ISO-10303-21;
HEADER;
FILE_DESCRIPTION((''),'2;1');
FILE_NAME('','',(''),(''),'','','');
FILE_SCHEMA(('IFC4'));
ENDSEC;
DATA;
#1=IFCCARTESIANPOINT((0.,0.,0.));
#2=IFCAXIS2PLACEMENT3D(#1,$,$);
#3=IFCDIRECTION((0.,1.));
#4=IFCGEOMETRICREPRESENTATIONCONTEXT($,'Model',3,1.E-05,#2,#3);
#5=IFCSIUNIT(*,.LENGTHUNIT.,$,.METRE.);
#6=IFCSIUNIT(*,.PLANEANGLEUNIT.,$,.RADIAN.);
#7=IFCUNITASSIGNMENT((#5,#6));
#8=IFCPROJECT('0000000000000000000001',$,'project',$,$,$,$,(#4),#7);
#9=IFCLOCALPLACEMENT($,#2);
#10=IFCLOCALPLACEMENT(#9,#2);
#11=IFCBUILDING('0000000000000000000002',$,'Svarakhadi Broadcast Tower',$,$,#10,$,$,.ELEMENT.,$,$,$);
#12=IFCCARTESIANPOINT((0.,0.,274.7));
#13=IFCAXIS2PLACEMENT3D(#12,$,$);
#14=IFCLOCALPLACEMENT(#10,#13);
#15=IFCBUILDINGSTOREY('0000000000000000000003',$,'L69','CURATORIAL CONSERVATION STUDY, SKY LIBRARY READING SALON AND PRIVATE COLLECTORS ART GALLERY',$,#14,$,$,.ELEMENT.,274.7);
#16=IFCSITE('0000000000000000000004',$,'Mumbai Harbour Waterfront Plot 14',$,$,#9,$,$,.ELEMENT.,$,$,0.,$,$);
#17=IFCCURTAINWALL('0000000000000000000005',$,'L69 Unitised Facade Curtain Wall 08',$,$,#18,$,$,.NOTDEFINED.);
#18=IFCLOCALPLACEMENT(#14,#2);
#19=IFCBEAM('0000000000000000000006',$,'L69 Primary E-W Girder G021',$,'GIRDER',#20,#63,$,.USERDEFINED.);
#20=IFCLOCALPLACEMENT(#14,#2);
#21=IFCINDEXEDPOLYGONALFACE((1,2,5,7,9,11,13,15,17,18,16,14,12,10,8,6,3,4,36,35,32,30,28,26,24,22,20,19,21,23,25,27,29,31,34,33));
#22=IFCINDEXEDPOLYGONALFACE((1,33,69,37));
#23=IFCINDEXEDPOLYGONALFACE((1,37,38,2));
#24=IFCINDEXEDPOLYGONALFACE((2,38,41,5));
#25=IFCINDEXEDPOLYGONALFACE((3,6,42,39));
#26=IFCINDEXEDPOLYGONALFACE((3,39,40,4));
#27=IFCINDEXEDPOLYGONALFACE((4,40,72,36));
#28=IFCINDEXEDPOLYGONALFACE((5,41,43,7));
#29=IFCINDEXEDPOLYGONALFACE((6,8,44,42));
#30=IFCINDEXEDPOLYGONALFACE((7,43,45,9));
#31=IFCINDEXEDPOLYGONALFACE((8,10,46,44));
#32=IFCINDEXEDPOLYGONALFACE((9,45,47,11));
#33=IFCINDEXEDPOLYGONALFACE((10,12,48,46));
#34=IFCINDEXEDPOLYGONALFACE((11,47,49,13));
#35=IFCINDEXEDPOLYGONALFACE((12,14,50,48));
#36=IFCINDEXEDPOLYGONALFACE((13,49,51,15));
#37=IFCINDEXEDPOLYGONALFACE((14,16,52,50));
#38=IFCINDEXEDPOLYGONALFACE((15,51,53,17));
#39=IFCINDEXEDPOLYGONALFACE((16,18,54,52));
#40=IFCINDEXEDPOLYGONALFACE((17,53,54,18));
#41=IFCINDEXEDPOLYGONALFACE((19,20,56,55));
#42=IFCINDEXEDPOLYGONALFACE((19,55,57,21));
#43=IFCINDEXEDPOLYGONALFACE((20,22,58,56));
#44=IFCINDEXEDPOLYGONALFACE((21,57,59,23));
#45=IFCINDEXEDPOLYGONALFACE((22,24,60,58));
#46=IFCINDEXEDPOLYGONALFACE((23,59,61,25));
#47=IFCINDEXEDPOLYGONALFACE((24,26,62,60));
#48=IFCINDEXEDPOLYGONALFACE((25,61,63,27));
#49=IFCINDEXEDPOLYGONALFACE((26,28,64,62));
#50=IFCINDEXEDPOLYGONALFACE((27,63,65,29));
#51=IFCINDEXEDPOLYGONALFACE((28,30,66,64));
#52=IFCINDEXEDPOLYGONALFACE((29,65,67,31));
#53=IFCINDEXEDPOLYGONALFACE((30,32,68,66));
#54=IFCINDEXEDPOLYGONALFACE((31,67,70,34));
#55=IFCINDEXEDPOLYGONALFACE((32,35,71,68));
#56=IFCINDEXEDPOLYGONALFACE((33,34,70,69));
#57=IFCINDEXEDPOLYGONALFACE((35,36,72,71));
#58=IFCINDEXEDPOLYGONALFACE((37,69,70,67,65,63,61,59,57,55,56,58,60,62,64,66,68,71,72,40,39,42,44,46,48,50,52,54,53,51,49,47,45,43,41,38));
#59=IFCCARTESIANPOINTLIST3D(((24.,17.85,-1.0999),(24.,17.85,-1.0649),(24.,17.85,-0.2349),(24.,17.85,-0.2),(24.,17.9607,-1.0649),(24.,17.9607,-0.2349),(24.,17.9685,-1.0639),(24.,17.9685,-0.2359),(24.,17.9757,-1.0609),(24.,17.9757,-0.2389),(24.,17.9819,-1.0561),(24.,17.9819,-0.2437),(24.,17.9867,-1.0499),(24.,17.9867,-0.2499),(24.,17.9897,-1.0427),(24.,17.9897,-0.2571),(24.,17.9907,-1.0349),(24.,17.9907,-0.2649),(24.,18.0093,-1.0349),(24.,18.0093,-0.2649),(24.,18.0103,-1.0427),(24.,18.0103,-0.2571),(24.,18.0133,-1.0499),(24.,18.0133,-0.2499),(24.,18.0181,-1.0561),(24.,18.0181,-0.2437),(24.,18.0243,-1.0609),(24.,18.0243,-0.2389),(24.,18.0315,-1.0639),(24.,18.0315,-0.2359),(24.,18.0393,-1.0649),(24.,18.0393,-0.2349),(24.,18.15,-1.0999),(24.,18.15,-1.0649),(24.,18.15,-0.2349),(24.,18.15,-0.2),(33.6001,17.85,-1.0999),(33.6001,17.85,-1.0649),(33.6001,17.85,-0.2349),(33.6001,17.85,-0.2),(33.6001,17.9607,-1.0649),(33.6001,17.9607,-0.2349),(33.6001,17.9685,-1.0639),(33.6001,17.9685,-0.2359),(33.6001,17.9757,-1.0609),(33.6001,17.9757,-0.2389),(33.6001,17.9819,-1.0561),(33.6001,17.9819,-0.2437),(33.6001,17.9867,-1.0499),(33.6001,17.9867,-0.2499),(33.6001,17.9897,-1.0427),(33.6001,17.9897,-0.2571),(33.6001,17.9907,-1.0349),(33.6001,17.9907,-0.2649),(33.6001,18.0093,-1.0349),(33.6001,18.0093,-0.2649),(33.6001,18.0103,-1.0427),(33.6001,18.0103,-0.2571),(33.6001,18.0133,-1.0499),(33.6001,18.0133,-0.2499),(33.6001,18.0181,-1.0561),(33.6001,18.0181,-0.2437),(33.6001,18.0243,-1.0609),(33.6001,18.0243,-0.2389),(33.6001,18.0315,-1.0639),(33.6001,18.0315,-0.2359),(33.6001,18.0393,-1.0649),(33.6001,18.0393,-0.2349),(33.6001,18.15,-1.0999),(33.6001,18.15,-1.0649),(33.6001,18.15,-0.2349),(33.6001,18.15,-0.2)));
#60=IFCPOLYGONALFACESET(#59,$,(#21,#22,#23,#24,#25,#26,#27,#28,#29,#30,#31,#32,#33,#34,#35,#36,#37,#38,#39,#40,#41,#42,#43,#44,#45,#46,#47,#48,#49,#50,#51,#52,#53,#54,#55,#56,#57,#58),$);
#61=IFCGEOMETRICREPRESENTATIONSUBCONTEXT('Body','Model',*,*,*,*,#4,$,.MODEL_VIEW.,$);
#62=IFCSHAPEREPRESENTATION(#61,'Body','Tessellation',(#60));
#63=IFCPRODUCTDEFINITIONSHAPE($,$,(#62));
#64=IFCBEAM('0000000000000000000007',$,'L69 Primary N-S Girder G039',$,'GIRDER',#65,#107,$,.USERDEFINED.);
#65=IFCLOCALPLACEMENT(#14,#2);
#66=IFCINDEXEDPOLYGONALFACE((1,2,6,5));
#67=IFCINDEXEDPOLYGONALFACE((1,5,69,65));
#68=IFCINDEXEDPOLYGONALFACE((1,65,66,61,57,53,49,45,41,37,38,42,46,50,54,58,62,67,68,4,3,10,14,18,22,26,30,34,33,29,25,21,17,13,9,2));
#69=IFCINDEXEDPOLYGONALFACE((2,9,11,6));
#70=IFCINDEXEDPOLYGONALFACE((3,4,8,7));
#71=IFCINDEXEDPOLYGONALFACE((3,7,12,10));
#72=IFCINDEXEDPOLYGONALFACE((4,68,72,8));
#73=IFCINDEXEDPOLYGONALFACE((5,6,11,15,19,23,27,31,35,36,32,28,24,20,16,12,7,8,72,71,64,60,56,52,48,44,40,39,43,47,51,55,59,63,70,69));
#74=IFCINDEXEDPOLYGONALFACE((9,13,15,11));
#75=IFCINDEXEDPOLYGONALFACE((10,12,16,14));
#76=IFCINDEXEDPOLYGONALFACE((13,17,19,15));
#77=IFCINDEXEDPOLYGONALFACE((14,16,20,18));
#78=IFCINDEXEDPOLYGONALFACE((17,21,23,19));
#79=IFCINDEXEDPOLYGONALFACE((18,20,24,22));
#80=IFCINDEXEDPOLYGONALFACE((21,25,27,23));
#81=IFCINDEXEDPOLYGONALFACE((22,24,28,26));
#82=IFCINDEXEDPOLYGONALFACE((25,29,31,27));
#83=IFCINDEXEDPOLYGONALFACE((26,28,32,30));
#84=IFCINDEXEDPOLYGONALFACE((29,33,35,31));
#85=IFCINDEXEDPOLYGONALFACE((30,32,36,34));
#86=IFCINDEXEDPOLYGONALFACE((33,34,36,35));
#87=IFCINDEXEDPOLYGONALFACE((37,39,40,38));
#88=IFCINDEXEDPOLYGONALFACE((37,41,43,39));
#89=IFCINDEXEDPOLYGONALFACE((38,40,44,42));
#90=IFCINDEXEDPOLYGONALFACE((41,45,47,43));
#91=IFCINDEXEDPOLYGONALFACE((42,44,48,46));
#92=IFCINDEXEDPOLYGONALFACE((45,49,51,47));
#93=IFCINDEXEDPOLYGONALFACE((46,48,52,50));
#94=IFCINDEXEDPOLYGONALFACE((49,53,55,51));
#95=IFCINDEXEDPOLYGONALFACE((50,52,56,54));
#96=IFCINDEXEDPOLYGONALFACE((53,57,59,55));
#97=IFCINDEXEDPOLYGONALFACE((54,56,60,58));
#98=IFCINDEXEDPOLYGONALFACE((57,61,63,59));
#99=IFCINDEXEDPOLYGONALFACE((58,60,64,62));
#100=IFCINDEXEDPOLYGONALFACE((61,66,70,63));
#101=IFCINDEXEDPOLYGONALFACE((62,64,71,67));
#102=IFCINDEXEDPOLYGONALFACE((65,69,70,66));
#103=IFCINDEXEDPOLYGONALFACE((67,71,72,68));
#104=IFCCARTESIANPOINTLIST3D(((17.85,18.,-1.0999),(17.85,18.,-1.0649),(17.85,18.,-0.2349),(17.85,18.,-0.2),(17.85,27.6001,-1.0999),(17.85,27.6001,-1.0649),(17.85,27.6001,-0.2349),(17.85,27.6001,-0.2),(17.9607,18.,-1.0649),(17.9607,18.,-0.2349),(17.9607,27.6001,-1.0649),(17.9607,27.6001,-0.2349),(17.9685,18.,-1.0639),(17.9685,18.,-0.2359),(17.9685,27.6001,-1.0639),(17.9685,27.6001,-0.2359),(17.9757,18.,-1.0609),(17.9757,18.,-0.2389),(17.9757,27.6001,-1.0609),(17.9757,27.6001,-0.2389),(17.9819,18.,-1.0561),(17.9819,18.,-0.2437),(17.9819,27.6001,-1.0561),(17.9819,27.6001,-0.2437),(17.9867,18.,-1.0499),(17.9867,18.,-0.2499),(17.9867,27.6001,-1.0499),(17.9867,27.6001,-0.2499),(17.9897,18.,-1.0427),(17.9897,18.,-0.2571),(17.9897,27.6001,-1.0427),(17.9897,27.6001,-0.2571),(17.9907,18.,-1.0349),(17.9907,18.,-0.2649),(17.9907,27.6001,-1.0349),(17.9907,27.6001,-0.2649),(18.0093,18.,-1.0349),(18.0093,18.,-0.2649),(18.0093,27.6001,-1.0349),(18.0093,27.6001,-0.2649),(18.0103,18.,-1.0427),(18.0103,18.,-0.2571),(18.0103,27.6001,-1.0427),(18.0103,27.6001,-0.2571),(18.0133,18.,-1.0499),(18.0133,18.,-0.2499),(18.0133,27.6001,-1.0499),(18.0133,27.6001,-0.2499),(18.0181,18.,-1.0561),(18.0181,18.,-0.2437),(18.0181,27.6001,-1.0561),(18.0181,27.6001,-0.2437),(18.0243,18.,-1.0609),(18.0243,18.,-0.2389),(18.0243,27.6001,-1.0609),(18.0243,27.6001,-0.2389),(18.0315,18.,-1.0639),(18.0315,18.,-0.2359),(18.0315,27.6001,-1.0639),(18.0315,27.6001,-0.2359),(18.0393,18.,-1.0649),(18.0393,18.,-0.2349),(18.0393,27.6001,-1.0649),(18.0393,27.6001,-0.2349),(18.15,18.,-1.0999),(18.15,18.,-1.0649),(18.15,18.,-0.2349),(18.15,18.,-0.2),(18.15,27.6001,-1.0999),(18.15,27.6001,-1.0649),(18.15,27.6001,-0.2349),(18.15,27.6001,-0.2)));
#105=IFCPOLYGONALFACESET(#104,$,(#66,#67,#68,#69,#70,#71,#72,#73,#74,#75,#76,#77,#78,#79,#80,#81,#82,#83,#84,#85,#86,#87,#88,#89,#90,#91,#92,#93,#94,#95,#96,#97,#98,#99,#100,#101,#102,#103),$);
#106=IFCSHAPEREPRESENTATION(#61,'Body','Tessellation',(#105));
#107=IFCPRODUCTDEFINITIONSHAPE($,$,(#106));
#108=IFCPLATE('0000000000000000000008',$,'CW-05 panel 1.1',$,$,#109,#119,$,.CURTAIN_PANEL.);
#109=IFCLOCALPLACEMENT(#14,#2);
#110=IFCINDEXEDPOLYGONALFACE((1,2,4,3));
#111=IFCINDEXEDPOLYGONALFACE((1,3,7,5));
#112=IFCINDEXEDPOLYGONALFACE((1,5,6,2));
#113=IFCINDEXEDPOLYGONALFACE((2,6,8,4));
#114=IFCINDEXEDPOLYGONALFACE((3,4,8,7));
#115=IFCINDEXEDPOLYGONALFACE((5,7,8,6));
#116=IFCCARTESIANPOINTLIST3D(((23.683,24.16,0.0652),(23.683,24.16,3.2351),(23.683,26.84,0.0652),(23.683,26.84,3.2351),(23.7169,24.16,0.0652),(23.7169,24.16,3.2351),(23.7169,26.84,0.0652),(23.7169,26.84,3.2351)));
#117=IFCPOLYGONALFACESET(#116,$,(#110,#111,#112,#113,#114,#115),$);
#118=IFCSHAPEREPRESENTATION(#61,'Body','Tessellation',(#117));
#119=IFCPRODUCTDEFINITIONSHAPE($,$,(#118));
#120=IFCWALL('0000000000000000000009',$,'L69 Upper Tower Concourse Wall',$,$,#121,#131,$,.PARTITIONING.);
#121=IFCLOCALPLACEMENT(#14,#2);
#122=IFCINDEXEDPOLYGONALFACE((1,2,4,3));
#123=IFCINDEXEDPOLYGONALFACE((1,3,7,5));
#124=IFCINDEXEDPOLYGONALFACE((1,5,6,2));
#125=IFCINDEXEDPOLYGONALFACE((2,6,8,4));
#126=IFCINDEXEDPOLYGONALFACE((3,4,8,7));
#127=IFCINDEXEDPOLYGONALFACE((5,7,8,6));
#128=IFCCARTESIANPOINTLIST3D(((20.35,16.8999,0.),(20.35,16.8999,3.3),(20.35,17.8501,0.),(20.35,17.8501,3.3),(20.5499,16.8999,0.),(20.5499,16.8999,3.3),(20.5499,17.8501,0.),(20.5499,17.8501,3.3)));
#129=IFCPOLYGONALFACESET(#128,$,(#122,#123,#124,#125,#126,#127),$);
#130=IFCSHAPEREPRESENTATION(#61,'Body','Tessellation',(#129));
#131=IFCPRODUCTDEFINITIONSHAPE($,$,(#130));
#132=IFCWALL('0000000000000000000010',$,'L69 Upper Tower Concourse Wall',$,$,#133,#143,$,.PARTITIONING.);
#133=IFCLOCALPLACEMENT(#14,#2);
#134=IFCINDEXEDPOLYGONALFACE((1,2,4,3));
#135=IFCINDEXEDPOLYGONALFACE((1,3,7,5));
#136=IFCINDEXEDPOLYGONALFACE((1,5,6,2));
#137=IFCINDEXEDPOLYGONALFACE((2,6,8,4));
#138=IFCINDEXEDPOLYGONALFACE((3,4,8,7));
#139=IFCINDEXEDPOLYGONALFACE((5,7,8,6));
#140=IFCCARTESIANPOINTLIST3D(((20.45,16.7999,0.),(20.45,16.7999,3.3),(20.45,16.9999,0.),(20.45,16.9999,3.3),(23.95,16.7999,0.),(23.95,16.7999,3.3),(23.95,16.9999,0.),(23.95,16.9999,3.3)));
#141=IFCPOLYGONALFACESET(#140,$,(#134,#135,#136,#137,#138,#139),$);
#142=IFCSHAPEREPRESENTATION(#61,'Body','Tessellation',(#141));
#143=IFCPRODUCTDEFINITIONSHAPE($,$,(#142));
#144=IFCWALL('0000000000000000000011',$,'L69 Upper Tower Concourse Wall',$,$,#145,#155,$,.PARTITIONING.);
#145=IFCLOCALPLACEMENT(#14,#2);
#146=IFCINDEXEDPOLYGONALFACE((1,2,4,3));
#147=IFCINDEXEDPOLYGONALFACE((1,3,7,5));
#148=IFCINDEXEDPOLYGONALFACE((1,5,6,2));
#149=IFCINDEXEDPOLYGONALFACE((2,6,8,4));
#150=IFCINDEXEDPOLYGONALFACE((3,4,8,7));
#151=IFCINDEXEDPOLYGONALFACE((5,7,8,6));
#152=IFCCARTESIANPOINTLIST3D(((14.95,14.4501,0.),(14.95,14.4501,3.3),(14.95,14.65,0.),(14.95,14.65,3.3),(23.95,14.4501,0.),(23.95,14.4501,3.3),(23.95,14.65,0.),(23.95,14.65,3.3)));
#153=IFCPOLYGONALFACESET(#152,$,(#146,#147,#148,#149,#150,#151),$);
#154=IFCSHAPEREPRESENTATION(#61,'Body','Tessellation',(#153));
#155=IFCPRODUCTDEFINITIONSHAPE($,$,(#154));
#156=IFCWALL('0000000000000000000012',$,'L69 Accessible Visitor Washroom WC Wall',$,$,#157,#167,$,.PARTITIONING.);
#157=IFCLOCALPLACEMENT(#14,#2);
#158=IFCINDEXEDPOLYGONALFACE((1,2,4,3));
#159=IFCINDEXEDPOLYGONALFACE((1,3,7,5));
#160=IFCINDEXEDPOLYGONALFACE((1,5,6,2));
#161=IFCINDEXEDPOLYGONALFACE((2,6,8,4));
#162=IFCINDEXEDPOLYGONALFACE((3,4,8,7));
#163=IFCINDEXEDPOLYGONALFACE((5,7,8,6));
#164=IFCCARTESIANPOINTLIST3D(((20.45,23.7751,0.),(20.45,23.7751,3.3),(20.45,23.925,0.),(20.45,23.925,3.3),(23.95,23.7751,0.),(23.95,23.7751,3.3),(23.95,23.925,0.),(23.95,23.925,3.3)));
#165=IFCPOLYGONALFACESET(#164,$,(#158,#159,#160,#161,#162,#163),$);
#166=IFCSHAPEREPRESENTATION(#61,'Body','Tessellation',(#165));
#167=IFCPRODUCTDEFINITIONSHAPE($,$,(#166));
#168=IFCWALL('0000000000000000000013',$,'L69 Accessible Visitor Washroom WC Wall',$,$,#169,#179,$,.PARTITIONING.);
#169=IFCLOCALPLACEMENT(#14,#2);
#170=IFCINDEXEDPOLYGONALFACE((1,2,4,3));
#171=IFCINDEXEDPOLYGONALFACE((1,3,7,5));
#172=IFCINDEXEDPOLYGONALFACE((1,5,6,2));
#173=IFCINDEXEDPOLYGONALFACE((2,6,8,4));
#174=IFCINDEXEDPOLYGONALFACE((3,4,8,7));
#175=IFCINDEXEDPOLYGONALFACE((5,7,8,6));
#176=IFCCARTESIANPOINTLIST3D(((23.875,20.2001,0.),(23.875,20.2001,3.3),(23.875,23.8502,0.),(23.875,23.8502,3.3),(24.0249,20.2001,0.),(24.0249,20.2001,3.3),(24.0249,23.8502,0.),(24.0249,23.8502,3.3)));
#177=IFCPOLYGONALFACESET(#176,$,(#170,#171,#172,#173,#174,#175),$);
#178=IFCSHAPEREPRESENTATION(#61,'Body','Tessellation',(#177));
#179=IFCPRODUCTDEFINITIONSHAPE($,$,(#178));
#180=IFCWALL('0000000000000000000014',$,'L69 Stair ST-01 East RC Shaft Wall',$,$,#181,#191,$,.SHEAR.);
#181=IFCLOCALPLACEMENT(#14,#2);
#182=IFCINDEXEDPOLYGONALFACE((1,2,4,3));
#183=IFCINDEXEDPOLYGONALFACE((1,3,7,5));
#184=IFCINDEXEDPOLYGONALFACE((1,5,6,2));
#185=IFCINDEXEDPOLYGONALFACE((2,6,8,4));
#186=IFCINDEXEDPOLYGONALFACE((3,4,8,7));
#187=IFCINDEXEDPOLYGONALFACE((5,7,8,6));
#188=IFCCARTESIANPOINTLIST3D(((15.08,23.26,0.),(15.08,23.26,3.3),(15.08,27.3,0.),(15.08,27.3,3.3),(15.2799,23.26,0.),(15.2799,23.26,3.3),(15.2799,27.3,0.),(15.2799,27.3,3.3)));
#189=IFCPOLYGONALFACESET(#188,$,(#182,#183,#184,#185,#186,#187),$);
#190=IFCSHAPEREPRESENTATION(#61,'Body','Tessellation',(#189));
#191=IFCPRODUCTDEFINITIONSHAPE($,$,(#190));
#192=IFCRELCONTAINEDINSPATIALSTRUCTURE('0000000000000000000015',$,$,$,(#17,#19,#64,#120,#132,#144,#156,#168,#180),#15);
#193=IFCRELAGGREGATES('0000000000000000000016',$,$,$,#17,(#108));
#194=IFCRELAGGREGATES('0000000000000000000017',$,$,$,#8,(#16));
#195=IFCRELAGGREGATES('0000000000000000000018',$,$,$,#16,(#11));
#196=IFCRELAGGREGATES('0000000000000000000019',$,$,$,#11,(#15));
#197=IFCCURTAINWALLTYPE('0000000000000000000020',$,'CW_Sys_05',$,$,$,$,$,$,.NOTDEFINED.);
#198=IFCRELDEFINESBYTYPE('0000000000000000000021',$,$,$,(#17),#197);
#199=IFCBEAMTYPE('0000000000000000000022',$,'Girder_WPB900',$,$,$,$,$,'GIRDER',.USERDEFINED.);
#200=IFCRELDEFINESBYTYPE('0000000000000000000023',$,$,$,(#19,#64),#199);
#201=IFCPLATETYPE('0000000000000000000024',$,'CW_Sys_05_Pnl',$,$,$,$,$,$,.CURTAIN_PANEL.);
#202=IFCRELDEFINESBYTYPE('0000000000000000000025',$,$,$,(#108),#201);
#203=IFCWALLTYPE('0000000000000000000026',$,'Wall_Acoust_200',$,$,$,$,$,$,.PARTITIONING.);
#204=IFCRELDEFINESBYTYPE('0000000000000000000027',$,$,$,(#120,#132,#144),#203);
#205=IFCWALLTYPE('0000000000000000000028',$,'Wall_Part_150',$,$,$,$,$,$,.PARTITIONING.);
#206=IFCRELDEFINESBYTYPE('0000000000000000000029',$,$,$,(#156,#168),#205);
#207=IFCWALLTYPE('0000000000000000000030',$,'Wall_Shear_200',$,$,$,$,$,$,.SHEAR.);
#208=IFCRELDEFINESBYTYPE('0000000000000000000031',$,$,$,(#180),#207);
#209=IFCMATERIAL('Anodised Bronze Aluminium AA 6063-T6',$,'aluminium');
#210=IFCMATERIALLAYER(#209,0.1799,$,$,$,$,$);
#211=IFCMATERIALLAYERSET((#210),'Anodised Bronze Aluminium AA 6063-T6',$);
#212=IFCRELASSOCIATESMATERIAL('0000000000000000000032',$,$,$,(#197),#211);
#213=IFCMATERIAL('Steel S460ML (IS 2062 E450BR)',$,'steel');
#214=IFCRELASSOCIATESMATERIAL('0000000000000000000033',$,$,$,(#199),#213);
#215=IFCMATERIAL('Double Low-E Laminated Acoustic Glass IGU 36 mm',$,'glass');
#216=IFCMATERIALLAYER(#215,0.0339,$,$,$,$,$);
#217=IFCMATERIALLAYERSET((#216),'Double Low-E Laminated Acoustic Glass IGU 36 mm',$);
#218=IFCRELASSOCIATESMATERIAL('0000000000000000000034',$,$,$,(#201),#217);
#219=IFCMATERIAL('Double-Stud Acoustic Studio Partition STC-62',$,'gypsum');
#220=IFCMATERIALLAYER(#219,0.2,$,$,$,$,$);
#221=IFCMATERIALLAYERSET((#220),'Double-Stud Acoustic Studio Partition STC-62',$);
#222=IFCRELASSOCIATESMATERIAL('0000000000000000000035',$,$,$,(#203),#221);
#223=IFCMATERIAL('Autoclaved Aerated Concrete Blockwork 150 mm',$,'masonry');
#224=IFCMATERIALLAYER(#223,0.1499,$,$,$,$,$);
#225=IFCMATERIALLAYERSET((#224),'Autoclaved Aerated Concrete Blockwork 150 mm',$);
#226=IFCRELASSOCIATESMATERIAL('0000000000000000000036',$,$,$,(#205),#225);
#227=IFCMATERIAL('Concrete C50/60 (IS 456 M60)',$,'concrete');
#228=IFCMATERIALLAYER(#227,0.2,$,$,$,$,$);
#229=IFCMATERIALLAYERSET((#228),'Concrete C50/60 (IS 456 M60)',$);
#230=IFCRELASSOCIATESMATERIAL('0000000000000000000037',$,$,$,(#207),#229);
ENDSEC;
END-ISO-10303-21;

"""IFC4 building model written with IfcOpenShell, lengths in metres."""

from ifc_helpers import new_model, si_unit, direction, frame, frame_2d, origin, origin_2d, place, context, subcontext, project, spatial, rectangle, i_section, extrude, material, layer, layer_set, material_profile, profile_set, type_object, element, aggregate, save


model = new_model("IFC4")

# Units and contexts
model_context = context("Model", 3, precision=1e-05, world=origin(), true_north=direction((0.0, 1.0)))
body_context = subcontext(model_context, "Body", "Model", "MODEL_VIEW")
ifc_project = project(units=[si_unit("LENGTHUNIT", "METRE"), si_unit("PLANEANGLEUNIT", "RADIAN")], contexts=[model_context])

# Site, building, storey
site_placement = place(None, origin())
site = spatial("IfcSite", under=ifc_project, at=site_placement, Name="Mumbai Harbour Waterfront Plot 14", CompositionType="ELEMENT", RefElevation=0.0)
building_placement = place(site_placement, origin())
building = spatial("IfcBuilding", under=site, at=building_placement, Name="Svarakhadi Broadcast Tower", CompositionType="ELEMENT")
storey_placement = place(building_placement, frame((0.0, 0.0, 274.7)))
storey = spatial("IfcBuildingStorey", under=building, at=storey_placement, Name="L69", Description="CURATORIAL CONSERVATION STUDY, SKY LIBRARY READING SALON AND PRIVATE COLLECTORS ART GALLERY", CompositionType="ELEMENT", Elevation=274.7)

# Shared definitions
ifc_material_1 = material(Name="Concrete C50/60 (IS 456 M60)", Category="concrete")

# Curtain wall
ifc_material_2 = material(Name="Anodised Bronze Aluminium AA 6063-T6", Category="aluminium")
ifc_layer_1 = layer(ifc_material_2, 0.1799)
ifc_layer_set_1 = layer_set([ifc_layer_1], Name="Anodised Bronze Aluminium AA 6063-T6")
curtain_wall_type = type_object("IfcCurtainWallType", Name="CW_Sys_05", PredefinedType="NOTDEFINED", material=ifc_layer_set_1)
curtain_wall_1_placement = place(storey_placement, origin())
curtain_wall_1 = element("IfcCurtainWall", 1, at=curtain_wall_1_placement, inside=storey, type_object=curtain_wall_type, Name="L69 Unitised Facade Curtain Wall 08", PredefinedType="NOTDEFINED")

# Beams
ifc_material_3 = material(Name="Steel S460ML (IS 2062 E450BR)", Category="steel")
ifc_material_profile_1 = material_profile(ifc_material_3, i_section(OverallWidth=0.3, OverallDepth=0.8999, WebThickness=0.0186, FlangeThickness=0.0349, FilletRadius=0.03, at=origin_2d()), Name="WPB 900x300x291")
ifc_profile_set_1 = profile_set([ifc_material_profile_1], Name="Steel S460ML (IS 2062 E450BR)")
beam_type_1 = type_object("IfcBeamType", Name="Girder_WPB900", ElementType="GIRDER", PredefinedType="USERDEFINED", material=ifc_profile_set_1)
for number, where, z_axis, x_axis, name in (
    (2, (24.0, 18.0, -0.6499), (1.0, 0.0, 0.0), (0.0, 1.0, 0.0), "L69 Primary E-W Girder G021"),
    (3, (18.0, 18.0, -0.6499), (0.0, 1.0, 0.0), (-1.0, 0.0, 0.0), "L69 Primary N-S Girder G039"),
):
    element("IfcBeam", number, at=place(storey_placement, frame(where, z_axis=z_axis, x_axis=x_axis)), inside=storey, type_object=beam_type_1, Name=name, ObjectType="GIRDER", PredefinedType="USERDEFINED", context=body_context, shape_type="SweptSolid", body=[
        extrude(i_section(OverallWidth=0.3, OverallDepth=0.8999, WebThickness=0.0186, FlangeThickness=0.0349, FilletRadius=0.03, at=origin_2d()), origin(), (0.0, 0.0, 1.0), 9.6001),
    ])

# Plate
ifc_material_4 = material(Name="Double Low-E Laminated Acoustic Glass IGU 36 mm", Category="glass")
ifc_layer_2 = layer(ifc_material_4, 0.0339)
ifc_layer_set_2 = layer_set([ifc_layer_2], Name="Double Low-E Laminated Acoustic Glass IGU 36 mm")
plate_type = type_object("IfcPlateType", Name="CW_Sys_05_Pnl", PredefinedType="CURTAIN_PANEL", material=ifc_layer_set_2)
plate_placement = place(storey_placement, frame((23.7, 25.5, 0.0652), z_axis=(0.0, 0.0, 1.0), x_axis=(0.0, -1.0, 0.0)))
plate = element("IfcPlate", 4, at=plate_placement, type_object=plate_type, Name="CW-05 panel 1.1", PredefinedType="CURTAIN_PANEL", context=body_context, shape_type="SweptSolid", body=[
    extrude(rectangle(XDim=2.6799, YDim=0.0339, at=origin_2d()), origin(), (0.0, 0.0, 1.0), 3.1699),
])
aggregate(curtain_wall_1, [plate])

# Shared definitions
ifc_material_5 = material(Name="Double-Stud Acoustic Studio Partition STC-62", Category="gypsum")
ifc_layer_3 = layer(ifc_material_5, 0.2)
ifc_layer_set_3 = layer_set([ifc_layer_3], Name="Double-Stud Acoustic Studio Partition STC-62")
wall_type_1 = type_object("IfcWallType", Name="Wall_Acoust_200", PredefinedType="PARTITIONING", material=ifc_layer_set_3)

# Walls
wall_1_placement = place(storey_placement, frame((20.45, 17.8501, 0.0), z_axis=(0.0, 0.0, 1.0), x_axis=(0.0, -1.0, 0.0)))
element("IfcWall", 5, at=wall_1_placement, inside=storey, type_object=wall_type_1, Name="L69 Upper Tower Concourse Wall", PredefinedType="PARTITIONING", context=body_context, shape_type="SweptSolid", body=[
    extrude(rectangle(XDim=0.9502, YDim=0.2, at=frame_2d((0.4751, 0.0))), origin(), (0.0, 0.0, 1.0), 3.3),
])
wall_2_placement = place(storey_placement, frame((20.45, 16.8999, 0.0), z_axis=(0.0, 0.0, 1.0), x_axis=(1.0, 0.0, 0.0)))
element("IfcWall", 6, at=wall_2_placement, inside=storey, type_object=wall_type_1, Name="L69 Upper Tower Concourse Wall", PredefinedType="PARTITIONING", context=body_context, shape_type="SweptSolid", body=[
    extrude(rectangle(XDim=3.5, YDim=0.2, at=frame_2d((1.75, 0.0))), origin(), (0.0, 0.0, 1.0), 3.3),
])
wall_3_placement = place(storey_placement, frame((23.95, 14.55, 0.0), z_axis=(0.0, 0.0, 1.0), x_axis=(-1.0, 0.0, 0.0)))
element("IfcWall", 7, at=wall_3_placement, inside=storey, type_object=wall_type_1, Name="L69 Upper Tower Concourse Wall", PredefinedType="PARTITIONING", context=body_context, shape_type="SweptSolid", body=[
    extrude(rectangle(XDim=9.0, YDim=0.2, at=frame_2d((4.5, 0.0))), origin(), (0.0, 0.0, 1.0), 3.3),
])
ifc_material_6 = material(Name="Autoclaved Aerated Concrete Blockwork 150 mm", Category="masonry")
ifc_layer_4 = layer(ifc_material_6, 0.1499)
ifc_layer_set_4 = layer_set([ifc_layer_4], Name="Autoclaved Aerated Concrete Blockwork 150 mm")
wall_type_2 = type_object("IfcWallType", Name="Wall_Part_150", PredefinedType="PARTITIONING", material=ifc_layer_set_4)
wall_4_placement = place(storey_placement, frame((20.45, 23.8501, 0.0), z_axis=(0.0, 0.0, 1.0), x_axis=(1.0, 0.0, 0.0)))
element("IfcWall", 8, at=wall_4_placement, inside=storey, type_object=wall_type_2, Name="L69 Accessible Visitor Washroom WC Wall", PredefinedType="PARTITIONING", context=body_context, shape_type="SweptSolid", body=[
    extrude(rectangle(XDim=3.5, YDim=0.1499, at=frame_2d((1.75, 0.0))), origin(), (0.0, 0.0, 1.0), 3.3),
])
wall_5_placement = place(storey_placement, frame((23.95, 20.2, 0.0), z_axis=(0.0, 0.0, 1.0), x_axis=(0.0, 1.0, 0.0)))
element("IfcWall", 9, at=wall_5_placement, inside=storey, type_object=wall_type_2, Name="L69 Accessible Visitor Washroom WC Wall", PredefinedType="PARTITIONING", context=body_context, shape_type="SweptSolid", body=[
    extrude(rectangle(XDim=3.6501, YDim=0.1499, at=frame_2d((1.8252, 0.0))), origin(), (0.0, 0.0, 1.0), 3.3),
])
ifc_layer_5 = layer(ifc_material_1, 0.2)
ifc_layer_set_5 = layer_set([ifc_layer_5], Name="Concrete C50/60 (IS 456 M60)")
wall_type_3 = type_object("IfcWallType", Name="Wall_Shear_200", PredefinedType="SHEAR", material=ifc_layer_set_5)
wall_6_placement = place(storey_placement, frame((15.1799, 23.26, 0.0), z_axis=(0.0, 0.0, 1.0), x_axis=(0.0, 1.0, 0.0)))
element("IfcWall", 10, at=wall_6_placement, inside=storey, type_object=wall_type_3, Name="L69 Stair ST-01 East RC Shaft Wall", PredefinedType="SHEAR", context=body_context, shape_type="SweptSolid", body=[
    extrude(rectangle(XDim=4.04, YDim=0.2, at=frame_2d((2.02, 0.0))), origin(), (0.0, 0.0, 1.0), 3.3),
])

save(model, "model.ifc")
